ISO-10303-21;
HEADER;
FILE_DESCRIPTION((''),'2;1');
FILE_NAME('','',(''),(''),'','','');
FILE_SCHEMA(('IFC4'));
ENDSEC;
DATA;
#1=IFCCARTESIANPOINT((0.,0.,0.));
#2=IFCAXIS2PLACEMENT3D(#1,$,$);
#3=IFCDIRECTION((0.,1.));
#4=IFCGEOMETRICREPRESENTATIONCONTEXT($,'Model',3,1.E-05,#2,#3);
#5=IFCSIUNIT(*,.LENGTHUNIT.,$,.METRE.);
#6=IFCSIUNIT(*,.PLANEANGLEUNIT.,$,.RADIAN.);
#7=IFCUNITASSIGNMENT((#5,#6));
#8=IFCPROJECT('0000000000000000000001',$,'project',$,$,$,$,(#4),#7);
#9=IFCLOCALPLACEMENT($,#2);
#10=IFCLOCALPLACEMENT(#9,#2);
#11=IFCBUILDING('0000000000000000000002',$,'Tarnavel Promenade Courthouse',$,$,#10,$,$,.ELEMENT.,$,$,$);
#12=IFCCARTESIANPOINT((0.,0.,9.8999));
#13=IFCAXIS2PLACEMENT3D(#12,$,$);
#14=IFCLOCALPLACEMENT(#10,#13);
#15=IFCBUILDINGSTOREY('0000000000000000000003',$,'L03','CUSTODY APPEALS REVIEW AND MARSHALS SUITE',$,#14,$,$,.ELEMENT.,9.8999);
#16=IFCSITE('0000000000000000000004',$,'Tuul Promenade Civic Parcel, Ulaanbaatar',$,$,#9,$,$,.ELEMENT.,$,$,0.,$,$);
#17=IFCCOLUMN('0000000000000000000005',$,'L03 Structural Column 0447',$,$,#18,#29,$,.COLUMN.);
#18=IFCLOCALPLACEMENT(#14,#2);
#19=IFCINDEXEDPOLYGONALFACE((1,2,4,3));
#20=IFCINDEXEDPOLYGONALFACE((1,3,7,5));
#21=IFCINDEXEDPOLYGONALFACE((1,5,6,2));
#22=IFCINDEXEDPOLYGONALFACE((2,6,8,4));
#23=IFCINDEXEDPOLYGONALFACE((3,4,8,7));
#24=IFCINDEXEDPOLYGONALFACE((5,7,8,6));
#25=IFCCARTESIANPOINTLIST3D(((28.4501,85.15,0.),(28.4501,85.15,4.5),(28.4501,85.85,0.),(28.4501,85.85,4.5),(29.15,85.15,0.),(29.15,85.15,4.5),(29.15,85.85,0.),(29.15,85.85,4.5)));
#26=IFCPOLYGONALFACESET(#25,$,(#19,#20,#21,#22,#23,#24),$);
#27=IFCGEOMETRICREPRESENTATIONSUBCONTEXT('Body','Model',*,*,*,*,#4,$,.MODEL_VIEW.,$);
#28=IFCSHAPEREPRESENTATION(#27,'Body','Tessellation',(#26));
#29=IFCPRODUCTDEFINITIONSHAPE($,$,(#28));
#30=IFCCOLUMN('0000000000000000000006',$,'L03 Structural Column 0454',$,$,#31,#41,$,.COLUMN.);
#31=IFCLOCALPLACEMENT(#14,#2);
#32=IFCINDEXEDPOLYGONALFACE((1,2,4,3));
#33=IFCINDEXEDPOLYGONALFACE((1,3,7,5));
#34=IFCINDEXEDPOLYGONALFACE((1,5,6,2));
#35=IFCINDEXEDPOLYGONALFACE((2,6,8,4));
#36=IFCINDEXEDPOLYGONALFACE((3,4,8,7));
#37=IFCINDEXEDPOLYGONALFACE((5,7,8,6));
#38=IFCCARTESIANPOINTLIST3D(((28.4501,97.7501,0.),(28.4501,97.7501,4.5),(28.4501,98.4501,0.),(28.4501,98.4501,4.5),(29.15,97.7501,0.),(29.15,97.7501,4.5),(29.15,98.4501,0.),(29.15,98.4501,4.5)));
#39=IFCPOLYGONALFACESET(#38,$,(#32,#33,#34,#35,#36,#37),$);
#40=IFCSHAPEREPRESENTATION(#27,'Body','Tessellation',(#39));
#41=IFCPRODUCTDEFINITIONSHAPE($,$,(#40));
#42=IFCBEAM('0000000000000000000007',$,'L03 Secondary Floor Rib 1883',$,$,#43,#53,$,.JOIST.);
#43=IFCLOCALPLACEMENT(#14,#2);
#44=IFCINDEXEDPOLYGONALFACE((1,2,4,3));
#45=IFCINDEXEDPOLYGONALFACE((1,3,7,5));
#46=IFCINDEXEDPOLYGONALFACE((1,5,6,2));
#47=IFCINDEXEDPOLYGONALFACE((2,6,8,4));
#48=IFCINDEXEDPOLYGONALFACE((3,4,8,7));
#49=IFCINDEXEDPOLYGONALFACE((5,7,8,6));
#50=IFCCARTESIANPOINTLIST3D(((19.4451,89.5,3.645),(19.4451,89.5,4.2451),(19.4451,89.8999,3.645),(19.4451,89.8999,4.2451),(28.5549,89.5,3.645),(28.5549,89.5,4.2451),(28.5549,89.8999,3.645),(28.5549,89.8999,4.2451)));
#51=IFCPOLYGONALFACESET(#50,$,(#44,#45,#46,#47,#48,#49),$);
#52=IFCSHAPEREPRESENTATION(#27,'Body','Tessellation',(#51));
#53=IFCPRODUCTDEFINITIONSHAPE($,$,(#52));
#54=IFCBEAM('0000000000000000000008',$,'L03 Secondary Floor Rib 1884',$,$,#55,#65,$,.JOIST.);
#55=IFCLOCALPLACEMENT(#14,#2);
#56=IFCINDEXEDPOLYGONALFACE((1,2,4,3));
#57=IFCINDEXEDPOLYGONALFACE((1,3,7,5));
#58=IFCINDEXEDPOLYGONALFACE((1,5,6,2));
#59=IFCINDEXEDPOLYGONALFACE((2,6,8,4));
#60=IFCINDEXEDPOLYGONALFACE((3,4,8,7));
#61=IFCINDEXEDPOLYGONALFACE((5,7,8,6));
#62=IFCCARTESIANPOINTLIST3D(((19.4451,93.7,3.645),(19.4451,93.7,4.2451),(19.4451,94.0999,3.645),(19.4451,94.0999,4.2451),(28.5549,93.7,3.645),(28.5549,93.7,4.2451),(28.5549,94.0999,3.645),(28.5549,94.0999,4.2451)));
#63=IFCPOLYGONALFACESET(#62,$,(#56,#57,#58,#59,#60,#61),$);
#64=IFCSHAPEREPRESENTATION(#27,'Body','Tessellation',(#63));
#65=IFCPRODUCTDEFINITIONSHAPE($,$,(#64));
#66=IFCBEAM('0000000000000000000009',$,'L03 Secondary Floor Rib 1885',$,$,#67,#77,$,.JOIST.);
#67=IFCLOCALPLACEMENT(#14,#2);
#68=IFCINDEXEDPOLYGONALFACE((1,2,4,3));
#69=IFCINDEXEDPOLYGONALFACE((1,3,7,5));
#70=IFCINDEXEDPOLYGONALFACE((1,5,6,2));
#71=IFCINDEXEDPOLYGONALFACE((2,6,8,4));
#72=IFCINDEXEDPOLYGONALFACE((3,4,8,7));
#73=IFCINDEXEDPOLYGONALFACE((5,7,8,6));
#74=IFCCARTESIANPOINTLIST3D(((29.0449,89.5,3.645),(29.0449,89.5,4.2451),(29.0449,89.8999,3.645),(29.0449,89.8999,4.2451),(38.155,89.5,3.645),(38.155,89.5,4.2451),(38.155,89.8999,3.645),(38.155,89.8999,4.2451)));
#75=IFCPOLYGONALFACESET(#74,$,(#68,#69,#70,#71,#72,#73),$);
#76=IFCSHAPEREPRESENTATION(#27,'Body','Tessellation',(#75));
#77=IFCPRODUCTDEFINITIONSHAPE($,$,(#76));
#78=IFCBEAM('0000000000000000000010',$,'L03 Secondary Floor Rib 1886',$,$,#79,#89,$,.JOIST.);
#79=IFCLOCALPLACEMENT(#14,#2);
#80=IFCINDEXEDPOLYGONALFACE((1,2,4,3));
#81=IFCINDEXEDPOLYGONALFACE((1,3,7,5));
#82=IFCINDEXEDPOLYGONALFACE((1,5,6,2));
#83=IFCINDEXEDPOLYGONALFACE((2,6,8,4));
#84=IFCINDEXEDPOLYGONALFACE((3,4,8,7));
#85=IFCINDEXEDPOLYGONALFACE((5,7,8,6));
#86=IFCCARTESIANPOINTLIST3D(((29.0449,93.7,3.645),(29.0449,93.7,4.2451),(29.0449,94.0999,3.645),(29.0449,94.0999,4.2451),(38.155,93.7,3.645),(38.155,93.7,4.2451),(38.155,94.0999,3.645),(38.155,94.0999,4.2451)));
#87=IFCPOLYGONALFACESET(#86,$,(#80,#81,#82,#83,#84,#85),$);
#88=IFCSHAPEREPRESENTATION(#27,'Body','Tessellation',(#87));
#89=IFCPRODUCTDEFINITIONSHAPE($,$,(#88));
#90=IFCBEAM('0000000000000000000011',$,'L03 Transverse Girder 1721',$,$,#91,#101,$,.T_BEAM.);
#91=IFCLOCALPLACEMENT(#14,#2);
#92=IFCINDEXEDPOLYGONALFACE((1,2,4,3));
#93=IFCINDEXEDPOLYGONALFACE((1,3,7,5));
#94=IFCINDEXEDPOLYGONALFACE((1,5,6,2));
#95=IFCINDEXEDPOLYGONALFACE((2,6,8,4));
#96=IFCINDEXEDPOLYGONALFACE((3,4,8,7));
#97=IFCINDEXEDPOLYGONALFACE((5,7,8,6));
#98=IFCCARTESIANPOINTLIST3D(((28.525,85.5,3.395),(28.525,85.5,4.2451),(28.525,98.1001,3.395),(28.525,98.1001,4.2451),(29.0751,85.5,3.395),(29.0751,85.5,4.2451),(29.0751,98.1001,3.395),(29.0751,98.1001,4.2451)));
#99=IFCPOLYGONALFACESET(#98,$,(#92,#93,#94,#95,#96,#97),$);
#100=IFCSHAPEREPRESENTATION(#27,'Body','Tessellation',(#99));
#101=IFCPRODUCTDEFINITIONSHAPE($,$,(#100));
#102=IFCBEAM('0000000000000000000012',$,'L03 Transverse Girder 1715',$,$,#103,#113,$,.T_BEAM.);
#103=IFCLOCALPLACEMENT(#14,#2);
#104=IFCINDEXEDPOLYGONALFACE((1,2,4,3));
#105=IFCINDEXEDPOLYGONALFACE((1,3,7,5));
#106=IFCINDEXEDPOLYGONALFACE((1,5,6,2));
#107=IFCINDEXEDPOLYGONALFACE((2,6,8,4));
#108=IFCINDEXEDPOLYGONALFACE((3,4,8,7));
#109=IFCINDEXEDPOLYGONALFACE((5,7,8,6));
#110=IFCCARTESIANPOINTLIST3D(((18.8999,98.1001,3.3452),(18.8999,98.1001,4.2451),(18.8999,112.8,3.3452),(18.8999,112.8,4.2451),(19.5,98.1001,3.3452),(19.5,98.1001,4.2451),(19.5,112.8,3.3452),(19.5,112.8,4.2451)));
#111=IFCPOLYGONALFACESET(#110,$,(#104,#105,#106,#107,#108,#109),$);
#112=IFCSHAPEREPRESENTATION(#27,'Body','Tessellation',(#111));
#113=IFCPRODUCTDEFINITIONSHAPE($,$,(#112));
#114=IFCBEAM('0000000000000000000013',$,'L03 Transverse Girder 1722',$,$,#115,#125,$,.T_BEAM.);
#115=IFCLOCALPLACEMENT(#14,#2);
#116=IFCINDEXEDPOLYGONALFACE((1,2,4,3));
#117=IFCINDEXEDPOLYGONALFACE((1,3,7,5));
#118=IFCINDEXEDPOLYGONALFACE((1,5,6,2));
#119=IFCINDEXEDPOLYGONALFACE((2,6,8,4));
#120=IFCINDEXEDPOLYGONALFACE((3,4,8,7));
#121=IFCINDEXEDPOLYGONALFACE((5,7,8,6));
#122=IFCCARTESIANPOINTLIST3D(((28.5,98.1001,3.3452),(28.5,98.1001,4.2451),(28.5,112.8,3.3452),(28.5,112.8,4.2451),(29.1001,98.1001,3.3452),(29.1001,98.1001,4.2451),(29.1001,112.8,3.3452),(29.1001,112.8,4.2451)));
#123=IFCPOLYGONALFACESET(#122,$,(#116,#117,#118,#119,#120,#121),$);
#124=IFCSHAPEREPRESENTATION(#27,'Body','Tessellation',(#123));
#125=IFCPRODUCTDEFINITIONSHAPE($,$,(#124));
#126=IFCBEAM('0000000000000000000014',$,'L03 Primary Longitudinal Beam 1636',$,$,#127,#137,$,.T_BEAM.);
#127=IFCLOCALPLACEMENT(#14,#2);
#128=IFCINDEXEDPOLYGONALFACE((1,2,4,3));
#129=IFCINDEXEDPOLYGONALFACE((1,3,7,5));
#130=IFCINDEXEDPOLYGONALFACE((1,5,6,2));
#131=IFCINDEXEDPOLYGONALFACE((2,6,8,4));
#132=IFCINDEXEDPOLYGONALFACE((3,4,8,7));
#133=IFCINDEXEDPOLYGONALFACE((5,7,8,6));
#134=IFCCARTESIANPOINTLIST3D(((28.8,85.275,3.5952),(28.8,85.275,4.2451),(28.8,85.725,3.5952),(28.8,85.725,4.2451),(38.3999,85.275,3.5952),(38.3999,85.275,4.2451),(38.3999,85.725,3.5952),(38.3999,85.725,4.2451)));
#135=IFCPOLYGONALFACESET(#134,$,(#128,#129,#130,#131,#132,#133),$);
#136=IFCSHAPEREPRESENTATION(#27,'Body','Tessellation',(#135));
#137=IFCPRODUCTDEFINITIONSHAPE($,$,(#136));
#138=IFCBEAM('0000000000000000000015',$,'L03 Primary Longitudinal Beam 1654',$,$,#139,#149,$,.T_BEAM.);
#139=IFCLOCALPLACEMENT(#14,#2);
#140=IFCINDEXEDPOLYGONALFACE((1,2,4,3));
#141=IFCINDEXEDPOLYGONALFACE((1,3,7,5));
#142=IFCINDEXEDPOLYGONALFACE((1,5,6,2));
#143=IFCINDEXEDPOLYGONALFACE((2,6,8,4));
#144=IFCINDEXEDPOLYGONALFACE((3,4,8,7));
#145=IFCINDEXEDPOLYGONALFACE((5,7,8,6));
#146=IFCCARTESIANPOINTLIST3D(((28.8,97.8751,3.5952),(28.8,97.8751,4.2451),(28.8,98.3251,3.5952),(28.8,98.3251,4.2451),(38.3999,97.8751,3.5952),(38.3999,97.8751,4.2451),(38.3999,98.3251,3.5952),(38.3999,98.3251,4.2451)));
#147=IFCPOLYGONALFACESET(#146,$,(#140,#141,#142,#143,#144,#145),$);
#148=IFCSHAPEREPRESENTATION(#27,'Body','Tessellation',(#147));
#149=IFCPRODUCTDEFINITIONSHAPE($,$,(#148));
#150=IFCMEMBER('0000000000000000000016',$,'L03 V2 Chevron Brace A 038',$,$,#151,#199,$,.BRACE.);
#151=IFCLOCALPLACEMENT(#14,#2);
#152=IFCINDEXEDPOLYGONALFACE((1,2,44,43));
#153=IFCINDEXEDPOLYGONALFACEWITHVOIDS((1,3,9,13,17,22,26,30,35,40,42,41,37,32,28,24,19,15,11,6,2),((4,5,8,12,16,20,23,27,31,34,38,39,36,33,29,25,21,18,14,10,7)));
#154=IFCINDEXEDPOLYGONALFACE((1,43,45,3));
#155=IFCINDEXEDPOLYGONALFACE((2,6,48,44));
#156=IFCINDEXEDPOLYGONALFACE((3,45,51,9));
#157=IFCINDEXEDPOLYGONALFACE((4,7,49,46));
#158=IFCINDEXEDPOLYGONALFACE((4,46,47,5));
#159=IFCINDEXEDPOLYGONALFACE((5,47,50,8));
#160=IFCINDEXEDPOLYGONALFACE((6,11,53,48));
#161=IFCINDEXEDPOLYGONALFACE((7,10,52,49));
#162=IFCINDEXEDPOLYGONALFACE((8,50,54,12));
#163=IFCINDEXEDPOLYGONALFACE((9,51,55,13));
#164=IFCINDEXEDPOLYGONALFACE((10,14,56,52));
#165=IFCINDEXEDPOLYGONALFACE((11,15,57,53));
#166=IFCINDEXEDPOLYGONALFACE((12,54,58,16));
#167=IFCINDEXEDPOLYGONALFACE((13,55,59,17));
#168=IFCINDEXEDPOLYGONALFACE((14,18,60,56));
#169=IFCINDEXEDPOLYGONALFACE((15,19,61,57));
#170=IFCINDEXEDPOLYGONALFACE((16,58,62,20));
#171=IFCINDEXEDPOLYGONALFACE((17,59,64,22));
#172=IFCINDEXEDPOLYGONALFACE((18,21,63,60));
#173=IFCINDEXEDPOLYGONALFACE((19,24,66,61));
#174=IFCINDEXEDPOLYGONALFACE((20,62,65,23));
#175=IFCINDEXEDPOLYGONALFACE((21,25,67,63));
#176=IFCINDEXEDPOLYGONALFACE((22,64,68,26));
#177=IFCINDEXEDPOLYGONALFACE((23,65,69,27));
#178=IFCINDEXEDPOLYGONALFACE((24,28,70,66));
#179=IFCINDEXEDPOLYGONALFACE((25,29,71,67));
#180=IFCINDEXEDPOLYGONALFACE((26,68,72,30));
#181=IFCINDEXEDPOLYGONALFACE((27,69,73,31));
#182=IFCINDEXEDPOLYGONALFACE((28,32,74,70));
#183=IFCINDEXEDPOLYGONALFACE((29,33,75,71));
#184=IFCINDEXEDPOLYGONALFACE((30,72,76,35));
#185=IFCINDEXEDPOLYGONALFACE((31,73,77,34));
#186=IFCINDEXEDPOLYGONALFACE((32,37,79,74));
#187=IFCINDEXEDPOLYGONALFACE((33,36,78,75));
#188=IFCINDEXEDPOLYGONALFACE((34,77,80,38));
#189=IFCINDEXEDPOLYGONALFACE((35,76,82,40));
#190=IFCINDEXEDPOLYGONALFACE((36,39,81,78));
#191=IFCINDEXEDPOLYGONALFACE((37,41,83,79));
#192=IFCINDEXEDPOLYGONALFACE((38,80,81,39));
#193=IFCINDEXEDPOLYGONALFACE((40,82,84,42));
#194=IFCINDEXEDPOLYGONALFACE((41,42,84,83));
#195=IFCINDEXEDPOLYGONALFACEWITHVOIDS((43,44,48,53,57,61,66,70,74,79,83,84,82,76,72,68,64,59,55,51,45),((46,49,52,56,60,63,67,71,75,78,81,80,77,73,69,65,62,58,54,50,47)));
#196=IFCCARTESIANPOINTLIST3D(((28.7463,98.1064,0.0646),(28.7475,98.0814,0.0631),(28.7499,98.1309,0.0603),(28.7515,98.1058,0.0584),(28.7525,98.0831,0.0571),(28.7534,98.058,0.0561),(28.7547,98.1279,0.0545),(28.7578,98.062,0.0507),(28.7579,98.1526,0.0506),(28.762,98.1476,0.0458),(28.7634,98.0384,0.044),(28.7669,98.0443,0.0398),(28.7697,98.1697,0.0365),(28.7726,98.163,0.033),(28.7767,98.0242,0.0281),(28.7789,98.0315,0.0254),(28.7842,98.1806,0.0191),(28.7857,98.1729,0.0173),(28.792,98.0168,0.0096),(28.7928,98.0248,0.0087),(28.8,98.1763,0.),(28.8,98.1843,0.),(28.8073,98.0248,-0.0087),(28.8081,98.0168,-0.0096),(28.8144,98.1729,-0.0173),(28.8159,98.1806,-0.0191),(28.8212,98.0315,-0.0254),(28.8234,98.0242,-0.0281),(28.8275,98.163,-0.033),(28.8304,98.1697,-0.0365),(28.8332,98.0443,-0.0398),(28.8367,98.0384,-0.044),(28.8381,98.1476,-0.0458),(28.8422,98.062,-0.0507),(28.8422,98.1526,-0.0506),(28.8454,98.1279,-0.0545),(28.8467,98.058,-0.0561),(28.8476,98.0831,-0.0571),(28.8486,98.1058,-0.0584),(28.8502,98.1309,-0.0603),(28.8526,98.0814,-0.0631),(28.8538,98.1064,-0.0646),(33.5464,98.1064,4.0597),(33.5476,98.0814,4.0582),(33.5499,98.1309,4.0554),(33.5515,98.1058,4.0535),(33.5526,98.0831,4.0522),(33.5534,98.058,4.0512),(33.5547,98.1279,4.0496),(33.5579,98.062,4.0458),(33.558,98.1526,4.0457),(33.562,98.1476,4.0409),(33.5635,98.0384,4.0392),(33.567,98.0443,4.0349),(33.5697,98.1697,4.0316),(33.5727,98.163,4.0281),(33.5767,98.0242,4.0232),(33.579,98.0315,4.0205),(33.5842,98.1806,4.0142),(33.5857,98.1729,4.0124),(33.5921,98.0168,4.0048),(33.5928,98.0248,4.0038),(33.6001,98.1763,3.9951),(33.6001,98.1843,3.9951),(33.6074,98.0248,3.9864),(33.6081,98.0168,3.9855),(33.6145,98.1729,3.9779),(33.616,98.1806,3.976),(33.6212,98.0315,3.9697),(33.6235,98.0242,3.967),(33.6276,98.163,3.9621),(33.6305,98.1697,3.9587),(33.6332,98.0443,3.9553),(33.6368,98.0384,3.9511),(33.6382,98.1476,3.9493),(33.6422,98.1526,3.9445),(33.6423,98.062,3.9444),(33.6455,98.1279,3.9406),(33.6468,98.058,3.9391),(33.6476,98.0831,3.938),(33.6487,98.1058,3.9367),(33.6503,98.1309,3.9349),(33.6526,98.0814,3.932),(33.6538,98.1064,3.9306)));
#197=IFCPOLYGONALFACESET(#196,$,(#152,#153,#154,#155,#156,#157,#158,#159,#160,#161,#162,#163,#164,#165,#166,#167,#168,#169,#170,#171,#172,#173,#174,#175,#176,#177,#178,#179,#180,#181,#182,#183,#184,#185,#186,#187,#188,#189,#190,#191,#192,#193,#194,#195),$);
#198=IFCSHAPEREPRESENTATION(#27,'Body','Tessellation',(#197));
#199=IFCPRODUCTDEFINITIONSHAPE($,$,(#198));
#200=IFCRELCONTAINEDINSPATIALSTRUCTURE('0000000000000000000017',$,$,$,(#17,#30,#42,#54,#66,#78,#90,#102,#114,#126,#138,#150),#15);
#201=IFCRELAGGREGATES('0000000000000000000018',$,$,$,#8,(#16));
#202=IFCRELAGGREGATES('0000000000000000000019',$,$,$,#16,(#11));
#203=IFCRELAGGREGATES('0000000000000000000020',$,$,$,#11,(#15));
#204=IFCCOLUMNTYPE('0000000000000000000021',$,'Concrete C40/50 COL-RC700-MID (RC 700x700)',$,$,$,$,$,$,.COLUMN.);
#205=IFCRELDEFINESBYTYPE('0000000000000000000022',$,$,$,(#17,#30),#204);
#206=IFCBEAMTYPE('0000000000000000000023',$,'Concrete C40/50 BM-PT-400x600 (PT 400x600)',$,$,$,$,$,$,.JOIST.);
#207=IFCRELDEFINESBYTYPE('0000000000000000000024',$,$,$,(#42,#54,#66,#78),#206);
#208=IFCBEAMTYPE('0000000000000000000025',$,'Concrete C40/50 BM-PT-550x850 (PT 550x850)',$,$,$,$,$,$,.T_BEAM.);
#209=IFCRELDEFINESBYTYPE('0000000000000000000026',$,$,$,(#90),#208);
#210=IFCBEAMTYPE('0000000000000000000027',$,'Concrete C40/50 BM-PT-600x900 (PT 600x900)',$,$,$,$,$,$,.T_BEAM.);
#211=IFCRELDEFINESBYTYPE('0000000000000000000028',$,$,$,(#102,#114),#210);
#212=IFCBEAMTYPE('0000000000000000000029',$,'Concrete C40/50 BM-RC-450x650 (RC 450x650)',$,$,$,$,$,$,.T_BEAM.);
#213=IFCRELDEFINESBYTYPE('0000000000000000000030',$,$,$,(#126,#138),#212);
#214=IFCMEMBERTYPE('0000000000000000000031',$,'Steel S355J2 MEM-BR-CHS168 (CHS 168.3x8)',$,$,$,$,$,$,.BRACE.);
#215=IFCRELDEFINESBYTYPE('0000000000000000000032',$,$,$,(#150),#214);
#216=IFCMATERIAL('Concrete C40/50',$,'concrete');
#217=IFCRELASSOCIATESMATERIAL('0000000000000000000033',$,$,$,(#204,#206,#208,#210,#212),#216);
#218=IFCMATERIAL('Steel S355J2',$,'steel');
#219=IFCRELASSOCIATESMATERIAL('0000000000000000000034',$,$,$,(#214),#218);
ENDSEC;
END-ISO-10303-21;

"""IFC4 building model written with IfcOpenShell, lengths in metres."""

from ifc_helpers import new_model, si_unit, direction, frame, origin, origin_2d, place, context, subcontext, project, spatial, rectangle, hollow_circle, extrude, material, material_profile, profile_set, type_object, element, save


model = new_model("IFC4")

# Units and contexts
model_context = context("Model", 3, precision=1e-05, world=origin(), true_north=direction((0.0, 1.0)))
body_context = subcontext(model_context, "Body", "Model", "MODEL_VIEW")
ifc_project = project(units=[si_unit("LENGTHUNIT", "METRE"), si_unit("PLANEANGLEUNIT", "RADIAN")], contexts=[model_context])

# Site, building, storey
site_placement = place(None, origin())
site = spatial("IfcSite", under=ifc_project, at=site_placement, Name="Tuul Promenade Civic Parcel, Ulaanbaatar", CompositionType="ELEMENT", RefElevation=0.0)
building_placement = place(site_placement, origin())
building = spatial("IfcBuilding", under=site, at=building_placement, Name="Tarnavel Promenade Courthouse", CompositionType="ELEMENT")
storey_placement = place(building_placement, frame((0.0, 0.0, 9.8999)))
storey = spatial("IfcBuildingStorey", under=building, at=storey_placement, Name="L03", Description="CUSTODY APPEALS REVIEW AND MARSHALS SUITE", CompositionType="ELEMENT", Elevation=9.8999)

# Columns
ifc_material_1 = material(Name="Concrete C40/50", Category="concrete")
ifc_material_profile_1 = material_profile(ifc_material_1, rectangle(XDim=0.7, YDim=0.7, at=origin_2d()), Name="RC 700x700")
ifc_profile_set_1 = profile_set([ifc_material_profile_1], Name="Concrete C40/50")
column_type = type_object("IfcColumnType", Name="Concrete C40/50 COL-RC700-MID (RC 700x700)", PredefinedType="COLUMN", material=ifc_profile_set_1)
for number, where, z_axis, x_axis, name in (
    (1, (28.8, 85.5, 0.0), (0.0, 0.0, 1.0), (1.0, 0.0, 0.0), "L03 Structural Column 0447"),
    (2, (28.8, 98.1001, 0.0), (0.0, 0.0, 1.0), (1.0, 0.0, 0.0), "L03 Structural Column 0454"),
):
    element("IfcColumn", number, at=place(storey_placement, frame(where, z_axis=z_axis, x_axis=x_axis)), inside=storey, type_object=column_type, Name=name, PredefinedType="COLUMN", context=body_context, shape_type="SweptSolid", body=[
        extrude(rectangle(XDim=0.7, YDim=0.7, at=origin_2d()), origin(), (0.0, 0.0, 1.0), 4.5),
    ])

# Beams
ifc_material_profile_2 = material_profile(ifc_material_1, rectangle(XDim=0.3999, YDim=0.6001, at=origin_2d()), Name="PT 400x600")
ifc_profile_set_2 = profile_set([ifc_material_profile_2], Name="Concrete C40/50")
beam_type_1 = type_object("IfcBeamType", Name="Concrete C40/50 BM-PT-400x600 (PT 400x600)", PredefinedType="JOIST", material=ifc_profile_set_2)
for number, where, z_axis, x_axis, name in (
    (3, (19.4451, 89.7, 3.9451), (1.0, 0.0, 0.0), (0.0, 1.0, 0.0), "L03 Secondary Floor Rib 1883"),
    (4, (19.4451, 93.8999, 3.9451), (1.0, 0.0, 0.0), (0.0, 1.0, 0.0), "L03 Secondary Floor Rib 1884"),
):
    element("IfcBeam", number, at=place(storey_placement, frame(where, z_axis=z_axis, x_axis=x_axis)), inside=storey, type_object=beam_type_1, Name=name, PredefinedType="JOIST", context=body_context, shape_type="SweptSolid", body=[
        extrude(rectangle(XDim=0.3999, YDim=0.6001, at=origin_2d()), origin(), (0.0, 0.0, 1.0), 9.1099),
    ])
for number, where, z_axis, x_axis, name in (
    (5, (29.0449, 89.7, 3.9451), (1.0, 0.0, 0.0), (0.0, 1.0, 0.0), "L03 Secondary Floor Rib 1885"),
    (6, (29.0449, 93.8999, 3.9451), (1.0, 0.0, 0.0), (0.0, 1.0, 0.0), "L03 Secondary Floor Rib 1886"),
):
    element("IfcBeam", number, at=place(storey_placement, frame(where, z_axis=z_axis, x_axis=x_axis)), inside=storey, type_object=beam_type_1, Name=name, PredefinedType="JOIST", context=body_context, shape_type="SweptSolid", body=[
        extrude(rectangle(XDim=0.3999, YDim=0.6001, at=origin_2d()), origin(), (0.0, 0.0, 1.0), 9.1101),
    ])
ifc_material_profile_3 = material_profile(ifc_material_1, rectangle(XDim=0.55, YDim=0.8501, at=origin_2d()), Name="PT 550x850")
ifc_profile_set_3 = profile_set([ifc_material_profile_3], Name="Concrete C40/50")
beam_type_2 = type_object("IfcBeamType", Name="Concrete C40/50 BM-PT-550x850 (PT 550x850)", PredefinedType="T_BEAM", material=ifc_profile_set_3)
beam_placement = place(storey_placement, frame((28.8, 85.5, 3.8201), z_axis=(0.0, 1.0, 0.0), x_axis=(-1.0, 0.0, 0.0)))
element("IfcBeam", 7, at=beam_placement, inside=storey, type_object=beam_type_2, Name="L03 Transverse Girder 1721", PredefinedType="T_BEAM", context=body_context, shape_type="SweptSolid", body=[
    extrude(rectangle(XDim=0.55, YDim=0.8501, at=origin_2d()), origin(), (0.0, 0.0, 1.0), 12.6001),
])
ifc_material_profile_4 = material_profile(ifc_material_1, rectangle(XDim=0.6001, YDim=0.8999, at=origin_2d()), Name="PT 600x900")
ifc_profile_set_4 = profile_set([ifc_material_profile_4], Name="Concrete C40/50")
beam_type_3 = type_object("IfcBeamType", Name="Concrete C40/50 BM-PT-600x900 (PT 600x900)", PredefinedType="T_BEAM", material=ifc_profile_set_4)
for number, where, z_axis, x_axis, name in (
    (8, (19.2, 98.1001, 3.7952), (0.0, 1.0, 0.0), (-1.0, 0.0, 0.0), "L03 Transverse Girder 1715"),
    (9, (28.8, 98.1001, 3.7952), (0.0, 1.0, 0.0), (-1.0, 0.0, 0.0), "L03 Transverse Girder 1722"),
):
    element("IfcBeam", number, at=place(storey_placement, frame(where, z_axis=z_axis, x_axis=x_axis)), inside=storey, type_object=beam_type_3, Name=name, PredefinedType="T_BEAM", context=body_context, shape_type="SweptSolid", body=[
        extrude(rectangle(XDim=0.6001, YDim=0.8999, at=origin_2d()), origin(), (0.0, 0.0, 1.0), 14.7),
    ])
ifc_material_profile_5 = material_profile(ifc_material_1, rectangle(XDim=0.45, YDim=0.6499, at=origin_2d()), Name="RC 450x650")
ifc_profile_set_5 = profile_set([ifc_material_profile_5], Name="Concrete C40/50")
beam_type_4 = type_object("IfcBeamType", Name="Concrete C40/50 BM-RC-450x650 (RC 450x650)", PredefinedType="T_BEAM", material=ifc_profile_set_5)
for number, where, z_axis, x_axis, name in (
    (10, (28.8, 85.5, 3.9202), (1.0, 0.0, 0.0), (0.0, 1.0, 0.0), "L03 Primary Longitudinal Beam 1636"),
    (11, (28.8, 98.1001, 3.9202), (1.0, 0.0, 0.0), (0.0, 1.0, 0.0), "L03 Primary Longitudinal Beam 1654"),
):
    element("IfcBeam", number, at=place(storey_placement, frame(where, z_axis=z_axis, x_axis=x_axis)), inside=storey, type_object=beam_type_4, Name=name, PredefinedType="T_BEAM", context=body_context, shape_type="SweptSolid", body=[
        extrude(rectangle(XDim=0.45, YDim=0.6499, at=origin_2d()), origin(), (0.0, 0.0, 1.0), 9.5999),
    ])

# Member
ifc_material_2 = material(Name="Steel S355J2", Category="steel")
ifc_material_profile_6 = material_profile(ifc_material_2, hollow_circle(Radius=0.0842, WallThickness=0.0081, at=origin_2d()), Name="CHS 168.3x8")
ifc_profile_set_6 = profile_set([ifc_material_profile_6], Name="Steel S355J2")
member_type = type_object("IfcMemberType", Name="Steel S355J2 MEM-BR-CHS168 (CHS 168.3x8)", PredefinedType="BRACE", material=ifc_profile_set_6)
member_placement = place(storey_placement, frame((28.8, 98.1001, 0.0), z_axis=(0.768609, 0.0, 0.639719), x_axis=(0.0, 1.0, 0.0)))
element("IfcMember", 12, at=member_placement, inside=storey, type_object=member_type, Name="L03 V2 Chevron Brace A 038", PredefinedType="BRACE", context=body_context, shape_type="SweptSolid", body=[
    extrude(hollow_circle(Radius=0.0842, WallThickness=0.0081, at=origin_2d()), origin(), (0.0, 0.0, 1.0), 6.2451),
])

save(model, "model.ifc")
